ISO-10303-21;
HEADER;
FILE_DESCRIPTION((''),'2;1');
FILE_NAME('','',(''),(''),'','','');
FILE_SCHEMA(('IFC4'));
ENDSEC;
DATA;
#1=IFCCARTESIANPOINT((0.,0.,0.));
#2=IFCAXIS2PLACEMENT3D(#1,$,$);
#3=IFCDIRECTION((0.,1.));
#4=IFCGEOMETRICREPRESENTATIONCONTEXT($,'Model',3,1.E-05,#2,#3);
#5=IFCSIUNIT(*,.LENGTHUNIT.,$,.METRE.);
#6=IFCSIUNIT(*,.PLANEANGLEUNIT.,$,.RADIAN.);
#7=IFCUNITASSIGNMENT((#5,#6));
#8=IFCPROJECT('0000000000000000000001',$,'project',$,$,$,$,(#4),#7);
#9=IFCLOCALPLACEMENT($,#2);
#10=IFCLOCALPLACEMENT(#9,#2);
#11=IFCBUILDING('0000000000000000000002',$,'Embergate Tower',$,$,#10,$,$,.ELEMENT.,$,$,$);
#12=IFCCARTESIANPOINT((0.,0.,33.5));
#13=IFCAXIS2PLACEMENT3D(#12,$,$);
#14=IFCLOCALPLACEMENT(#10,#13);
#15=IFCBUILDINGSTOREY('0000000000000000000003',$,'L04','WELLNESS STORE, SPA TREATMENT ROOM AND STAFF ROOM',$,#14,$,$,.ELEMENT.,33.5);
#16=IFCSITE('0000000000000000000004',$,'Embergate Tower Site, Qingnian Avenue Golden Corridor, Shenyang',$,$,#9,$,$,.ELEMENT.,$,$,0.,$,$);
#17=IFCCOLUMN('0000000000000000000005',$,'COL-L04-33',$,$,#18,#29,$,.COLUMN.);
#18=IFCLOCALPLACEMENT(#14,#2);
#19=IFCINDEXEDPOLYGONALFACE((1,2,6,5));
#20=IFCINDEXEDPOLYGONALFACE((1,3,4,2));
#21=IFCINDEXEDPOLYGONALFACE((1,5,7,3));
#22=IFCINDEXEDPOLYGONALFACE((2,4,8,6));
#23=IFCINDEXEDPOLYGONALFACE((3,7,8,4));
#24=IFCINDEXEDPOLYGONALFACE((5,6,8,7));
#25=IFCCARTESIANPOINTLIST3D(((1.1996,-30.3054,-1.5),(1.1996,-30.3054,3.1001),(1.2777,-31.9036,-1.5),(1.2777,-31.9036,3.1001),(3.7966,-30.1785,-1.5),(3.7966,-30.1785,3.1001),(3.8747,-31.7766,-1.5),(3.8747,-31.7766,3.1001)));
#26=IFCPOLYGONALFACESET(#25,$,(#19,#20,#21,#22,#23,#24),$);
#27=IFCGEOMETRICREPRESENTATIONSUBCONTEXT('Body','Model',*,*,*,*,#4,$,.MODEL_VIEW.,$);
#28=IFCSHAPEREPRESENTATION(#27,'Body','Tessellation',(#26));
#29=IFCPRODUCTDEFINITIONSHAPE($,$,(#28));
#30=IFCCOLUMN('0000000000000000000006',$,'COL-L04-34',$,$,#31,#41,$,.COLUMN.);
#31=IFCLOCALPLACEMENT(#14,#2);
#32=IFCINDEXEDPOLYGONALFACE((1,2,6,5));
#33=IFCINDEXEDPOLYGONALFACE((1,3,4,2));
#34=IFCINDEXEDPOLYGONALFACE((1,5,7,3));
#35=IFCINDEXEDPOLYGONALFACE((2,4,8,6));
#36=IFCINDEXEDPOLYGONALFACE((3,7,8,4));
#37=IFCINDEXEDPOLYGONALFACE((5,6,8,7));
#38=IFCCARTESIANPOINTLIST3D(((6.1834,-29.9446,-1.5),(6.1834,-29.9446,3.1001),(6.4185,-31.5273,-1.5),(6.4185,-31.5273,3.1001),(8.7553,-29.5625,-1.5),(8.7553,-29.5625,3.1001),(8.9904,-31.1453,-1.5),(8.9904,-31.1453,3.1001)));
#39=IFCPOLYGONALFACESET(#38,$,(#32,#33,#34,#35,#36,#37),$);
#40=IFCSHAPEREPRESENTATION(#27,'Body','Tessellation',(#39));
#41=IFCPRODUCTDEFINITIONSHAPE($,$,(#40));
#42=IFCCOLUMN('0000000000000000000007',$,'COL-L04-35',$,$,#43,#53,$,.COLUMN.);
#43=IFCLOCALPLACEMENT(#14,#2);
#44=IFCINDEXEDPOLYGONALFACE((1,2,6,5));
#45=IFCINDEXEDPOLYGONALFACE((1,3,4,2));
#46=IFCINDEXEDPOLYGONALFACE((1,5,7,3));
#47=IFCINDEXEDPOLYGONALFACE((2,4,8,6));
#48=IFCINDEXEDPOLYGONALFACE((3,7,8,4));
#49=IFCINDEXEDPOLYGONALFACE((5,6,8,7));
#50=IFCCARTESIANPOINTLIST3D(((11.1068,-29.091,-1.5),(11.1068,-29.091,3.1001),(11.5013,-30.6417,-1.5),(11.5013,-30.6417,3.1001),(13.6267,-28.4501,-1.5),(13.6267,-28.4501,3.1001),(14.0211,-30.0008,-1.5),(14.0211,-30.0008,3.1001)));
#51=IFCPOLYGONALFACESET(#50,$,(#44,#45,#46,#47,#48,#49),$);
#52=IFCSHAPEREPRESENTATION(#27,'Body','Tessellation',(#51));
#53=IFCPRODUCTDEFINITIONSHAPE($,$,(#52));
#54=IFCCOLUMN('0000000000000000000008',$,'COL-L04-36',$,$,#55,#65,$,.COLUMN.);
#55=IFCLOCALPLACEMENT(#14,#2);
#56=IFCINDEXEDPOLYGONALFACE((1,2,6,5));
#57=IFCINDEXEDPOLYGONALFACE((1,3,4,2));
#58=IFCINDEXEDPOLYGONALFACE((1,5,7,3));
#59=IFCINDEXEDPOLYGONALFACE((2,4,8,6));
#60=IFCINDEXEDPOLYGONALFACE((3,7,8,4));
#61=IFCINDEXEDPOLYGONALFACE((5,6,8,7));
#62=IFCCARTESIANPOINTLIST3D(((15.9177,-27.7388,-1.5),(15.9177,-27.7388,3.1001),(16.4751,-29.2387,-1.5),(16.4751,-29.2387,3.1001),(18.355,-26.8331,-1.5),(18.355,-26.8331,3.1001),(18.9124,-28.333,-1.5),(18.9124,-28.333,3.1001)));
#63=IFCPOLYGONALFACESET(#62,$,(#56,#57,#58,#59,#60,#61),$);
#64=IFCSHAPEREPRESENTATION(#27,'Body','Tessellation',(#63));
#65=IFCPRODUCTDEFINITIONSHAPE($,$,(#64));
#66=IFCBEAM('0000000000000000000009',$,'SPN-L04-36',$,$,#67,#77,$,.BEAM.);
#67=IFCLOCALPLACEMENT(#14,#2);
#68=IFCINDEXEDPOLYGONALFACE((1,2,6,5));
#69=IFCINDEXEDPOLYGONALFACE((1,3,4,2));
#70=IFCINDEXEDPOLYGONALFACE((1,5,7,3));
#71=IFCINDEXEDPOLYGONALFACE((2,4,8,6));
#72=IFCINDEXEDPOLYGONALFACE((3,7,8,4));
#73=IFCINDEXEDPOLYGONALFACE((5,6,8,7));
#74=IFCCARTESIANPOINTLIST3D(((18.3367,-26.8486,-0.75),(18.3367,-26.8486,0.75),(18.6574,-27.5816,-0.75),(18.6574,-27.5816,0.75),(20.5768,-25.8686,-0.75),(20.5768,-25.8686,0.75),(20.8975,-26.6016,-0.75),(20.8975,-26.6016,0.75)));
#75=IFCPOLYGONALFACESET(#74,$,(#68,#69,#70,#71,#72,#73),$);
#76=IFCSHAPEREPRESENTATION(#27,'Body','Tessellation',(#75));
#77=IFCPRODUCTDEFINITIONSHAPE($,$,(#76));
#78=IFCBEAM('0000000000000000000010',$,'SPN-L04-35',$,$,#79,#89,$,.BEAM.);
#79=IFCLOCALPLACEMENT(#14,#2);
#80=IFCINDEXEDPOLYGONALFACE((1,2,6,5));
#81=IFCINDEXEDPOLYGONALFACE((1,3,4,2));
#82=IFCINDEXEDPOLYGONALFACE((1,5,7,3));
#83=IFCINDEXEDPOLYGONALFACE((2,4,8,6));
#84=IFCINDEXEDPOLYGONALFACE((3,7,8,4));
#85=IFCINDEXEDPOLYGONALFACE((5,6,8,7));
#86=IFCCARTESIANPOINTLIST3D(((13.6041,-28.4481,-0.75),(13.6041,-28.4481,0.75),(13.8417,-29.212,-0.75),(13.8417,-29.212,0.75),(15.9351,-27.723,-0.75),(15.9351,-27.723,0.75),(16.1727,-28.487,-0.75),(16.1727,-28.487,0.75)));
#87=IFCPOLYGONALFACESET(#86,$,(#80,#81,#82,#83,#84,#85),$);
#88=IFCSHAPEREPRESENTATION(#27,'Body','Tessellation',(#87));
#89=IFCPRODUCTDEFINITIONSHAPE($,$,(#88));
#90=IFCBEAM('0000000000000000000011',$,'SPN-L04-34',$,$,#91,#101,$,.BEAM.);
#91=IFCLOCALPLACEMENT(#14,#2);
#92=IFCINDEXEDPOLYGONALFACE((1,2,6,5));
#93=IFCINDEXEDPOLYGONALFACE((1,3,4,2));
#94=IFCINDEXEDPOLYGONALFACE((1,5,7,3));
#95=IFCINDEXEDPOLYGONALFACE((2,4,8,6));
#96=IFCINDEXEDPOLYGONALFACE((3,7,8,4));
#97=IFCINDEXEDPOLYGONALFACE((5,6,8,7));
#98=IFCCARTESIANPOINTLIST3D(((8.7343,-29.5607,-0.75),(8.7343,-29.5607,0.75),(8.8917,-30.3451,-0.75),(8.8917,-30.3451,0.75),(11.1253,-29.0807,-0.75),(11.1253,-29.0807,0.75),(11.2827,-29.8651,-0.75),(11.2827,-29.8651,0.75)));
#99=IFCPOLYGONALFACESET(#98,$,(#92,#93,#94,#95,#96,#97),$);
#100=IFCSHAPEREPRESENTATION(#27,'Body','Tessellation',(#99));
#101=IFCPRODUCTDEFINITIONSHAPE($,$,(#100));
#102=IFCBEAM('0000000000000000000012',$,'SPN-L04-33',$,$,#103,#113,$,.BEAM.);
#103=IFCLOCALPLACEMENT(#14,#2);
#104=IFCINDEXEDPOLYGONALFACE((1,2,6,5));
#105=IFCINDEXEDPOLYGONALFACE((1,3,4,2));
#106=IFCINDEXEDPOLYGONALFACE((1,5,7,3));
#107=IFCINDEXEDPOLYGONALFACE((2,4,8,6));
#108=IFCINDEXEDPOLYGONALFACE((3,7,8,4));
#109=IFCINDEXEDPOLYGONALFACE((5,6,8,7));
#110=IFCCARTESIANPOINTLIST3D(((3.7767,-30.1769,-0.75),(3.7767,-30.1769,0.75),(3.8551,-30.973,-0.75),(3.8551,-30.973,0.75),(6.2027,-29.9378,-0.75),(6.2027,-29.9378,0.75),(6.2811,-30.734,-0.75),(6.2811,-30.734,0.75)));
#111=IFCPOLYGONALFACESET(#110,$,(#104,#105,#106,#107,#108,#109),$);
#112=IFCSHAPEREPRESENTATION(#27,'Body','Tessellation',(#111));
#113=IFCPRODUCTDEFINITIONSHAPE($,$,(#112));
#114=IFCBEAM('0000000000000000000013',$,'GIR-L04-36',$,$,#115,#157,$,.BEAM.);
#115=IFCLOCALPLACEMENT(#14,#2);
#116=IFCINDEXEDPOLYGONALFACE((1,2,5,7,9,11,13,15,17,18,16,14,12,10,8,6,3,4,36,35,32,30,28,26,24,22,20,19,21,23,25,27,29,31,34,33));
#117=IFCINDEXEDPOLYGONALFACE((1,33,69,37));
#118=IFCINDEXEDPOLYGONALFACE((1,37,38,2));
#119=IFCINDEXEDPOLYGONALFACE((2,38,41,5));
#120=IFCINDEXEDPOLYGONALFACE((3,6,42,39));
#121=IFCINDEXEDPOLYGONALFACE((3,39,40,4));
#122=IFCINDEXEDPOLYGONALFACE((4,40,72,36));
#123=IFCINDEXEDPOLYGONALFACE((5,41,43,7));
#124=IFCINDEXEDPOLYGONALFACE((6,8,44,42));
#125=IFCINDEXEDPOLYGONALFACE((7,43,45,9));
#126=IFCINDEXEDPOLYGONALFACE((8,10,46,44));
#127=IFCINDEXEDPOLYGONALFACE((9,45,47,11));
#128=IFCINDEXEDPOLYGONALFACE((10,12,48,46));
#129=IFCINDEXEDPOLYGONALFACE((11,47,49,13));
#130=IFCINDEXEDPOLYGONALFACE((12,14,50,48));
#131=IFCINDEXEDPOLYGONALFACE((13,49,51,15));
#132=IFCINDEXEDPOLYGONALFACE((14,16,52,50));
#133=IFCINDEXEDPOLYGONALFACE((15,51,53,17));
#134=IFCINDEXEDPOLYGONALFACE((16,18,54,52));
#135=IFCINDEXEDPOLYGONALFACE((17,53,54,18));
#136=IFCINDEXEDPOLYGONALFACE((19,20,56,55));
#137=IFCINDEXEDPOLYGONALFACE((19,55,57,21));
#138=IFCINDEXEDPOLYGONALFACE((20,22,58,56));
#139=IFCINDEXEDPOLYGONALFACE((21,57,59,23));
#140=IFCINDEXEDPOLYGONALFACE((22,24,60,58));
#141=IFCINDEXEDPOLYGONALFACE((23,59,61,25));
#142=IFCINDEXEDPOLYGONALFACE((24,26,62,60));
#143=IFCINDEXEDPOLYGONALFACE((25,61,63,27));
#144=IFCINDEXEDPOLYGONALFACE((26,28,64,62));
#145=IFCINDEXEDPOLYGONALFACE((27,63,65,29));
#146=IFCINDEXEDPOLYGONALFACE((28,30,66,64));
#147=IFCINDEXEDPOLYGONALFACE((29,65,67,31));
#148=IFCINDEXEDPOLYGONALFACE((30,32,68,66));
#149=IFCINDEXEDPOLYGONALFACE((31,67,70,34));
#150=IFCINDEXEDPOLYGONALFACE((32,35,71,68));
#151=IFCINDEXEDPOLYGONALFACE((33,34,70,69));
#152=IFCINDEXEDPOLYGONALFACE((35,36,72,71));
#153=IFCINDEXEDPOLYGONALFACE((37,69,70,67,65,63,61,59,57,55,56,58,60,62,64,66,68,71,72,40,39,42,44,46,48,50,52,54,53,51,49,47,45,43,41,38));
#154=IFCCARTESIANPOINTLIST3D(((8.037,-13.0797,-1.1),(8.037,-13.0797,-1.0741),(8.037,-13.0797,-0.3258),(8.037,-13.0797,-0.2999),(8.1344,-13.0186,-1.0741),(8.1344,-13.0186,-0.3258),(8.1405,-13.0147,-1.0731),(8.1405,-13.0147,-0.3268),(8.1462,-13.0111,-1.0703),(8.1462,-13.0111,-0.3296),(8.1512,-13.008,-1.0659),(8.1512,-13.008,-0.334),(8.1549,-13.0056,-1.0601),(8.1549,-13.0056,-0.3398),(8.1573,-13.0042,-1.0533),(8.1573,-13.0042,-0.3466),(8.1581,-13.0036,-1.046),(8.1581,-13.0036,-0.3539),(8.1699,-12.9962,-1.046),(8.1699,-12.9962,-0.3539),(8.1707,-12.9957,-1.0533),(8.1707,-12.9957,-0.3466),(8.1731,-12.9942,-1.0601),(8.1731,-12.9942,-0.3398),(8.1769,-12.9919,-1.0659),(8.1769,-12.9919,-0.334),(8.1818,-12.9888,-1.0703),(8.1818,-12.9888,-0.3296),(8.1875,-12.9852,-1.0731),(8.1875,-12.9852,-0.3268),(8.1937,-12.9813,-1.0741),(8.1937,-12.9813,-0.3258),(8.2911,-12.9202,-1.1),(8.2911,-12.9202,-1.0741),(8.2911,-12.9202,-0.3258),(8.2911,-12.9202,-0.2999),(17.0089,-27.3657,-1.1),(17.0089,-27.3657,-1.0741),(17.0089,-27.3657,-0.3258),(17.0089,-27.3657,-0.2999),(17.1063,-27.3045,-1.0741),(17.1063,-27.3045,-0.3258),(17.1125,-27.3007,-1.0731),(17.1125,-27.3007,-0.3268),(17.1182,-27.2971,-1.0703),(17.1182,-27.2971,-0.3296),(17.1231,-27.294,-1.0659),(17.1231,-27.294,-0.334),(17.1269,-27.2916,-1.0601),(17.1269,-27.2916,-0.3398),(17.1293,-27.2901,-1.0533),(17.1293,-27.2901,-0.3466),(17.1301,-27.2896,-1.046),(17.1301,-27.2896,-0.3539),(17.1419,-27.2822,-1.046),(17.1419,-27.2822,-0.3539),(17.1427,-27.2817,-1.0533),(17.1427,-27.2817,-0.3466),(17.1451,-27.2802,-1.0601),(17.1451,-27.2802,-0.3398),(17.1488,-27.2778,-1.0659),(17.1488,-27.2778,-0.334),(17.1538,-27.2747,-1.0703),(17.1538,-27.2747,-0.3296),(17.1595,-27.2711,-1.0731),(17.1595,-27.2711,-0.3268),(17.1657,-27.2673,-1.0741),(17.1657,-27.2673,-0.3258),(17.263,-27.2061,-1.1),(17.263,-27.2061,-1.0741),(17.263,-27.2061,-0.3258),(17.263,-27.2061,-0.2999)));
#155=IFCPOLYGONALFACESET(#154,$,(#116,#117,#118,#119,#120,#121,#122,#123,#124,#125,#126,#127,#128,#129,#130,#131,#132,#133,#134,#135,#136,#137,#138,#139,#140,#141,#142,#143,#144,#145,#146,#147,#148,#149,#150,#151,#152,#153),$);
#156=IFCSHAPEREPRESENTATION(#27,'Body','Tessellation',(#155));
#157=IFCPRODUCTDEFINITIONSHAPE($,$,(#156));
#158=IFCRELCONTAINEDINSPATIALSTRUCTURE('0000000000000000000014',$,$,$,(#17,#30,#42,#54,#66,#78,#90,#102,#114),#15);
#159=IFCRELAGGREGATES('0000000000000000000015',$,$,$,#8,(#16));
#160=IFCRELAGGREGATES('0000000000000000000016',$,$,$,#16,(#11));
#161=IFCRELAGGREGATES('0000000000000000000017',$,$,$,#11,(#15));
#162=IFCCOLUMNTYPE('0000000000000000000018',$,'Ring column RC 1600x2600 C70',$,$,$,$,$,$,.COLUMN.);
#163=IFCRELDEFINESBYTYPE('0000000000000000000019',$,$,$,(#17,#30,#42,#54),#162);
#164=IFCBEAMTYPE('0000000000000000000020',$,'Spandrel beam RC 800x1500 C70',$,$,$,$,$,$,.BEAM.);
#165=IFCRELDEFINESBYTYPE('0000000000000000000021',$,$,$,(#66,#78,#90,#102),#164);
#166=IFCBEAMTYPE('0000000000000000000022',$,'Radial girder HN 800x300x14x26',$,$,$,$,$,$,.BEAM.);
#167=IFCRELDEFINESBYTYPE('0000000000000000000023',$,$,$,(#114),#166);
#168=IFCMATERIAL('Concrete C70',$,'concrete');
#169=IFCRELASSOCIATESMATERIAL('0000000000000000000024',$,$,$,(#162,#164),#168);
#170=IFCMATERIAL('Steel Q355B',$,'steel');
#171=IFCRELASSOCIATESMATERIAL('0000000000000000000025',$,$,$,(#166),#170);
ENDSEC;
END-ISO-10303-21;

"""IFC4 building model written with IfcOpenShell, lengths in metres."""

from ifc_helpers import new_model, si_unit, direction, frame, origin, origin_2d, place, context, subcontext, project, spatial, rectangle, i_section, extrude, source, transform, mapped, material, material_profile, profile_set, type_object, element, save


model = new_model("IFC4")

# Units and contexts
model_context = context("Model", 3, precision=1e-05, world=origin(), true_north=direction((0.0, 1.0)))
body_context = subcontext(model_context, "Body", "Model", "MODEL_VIEW")
ifc_project = project(units=[si_unit("LENGTHUNIT", "METRE"), si_unit("PLANEANGLEUNIT", "RADIAN")], contexts=[model_context])

# Site, building, storey
site_placement = place(None, origin())
site = spatial("IfcSite", under=ifc_project, at=site_placement, Name="Embergate Tower Site, Qingnian Avenue Golden Corridor, Shenyang", CompositionType="ELEMENT", RefElevation=0.0)
building_placement = place(site_placement, origin())
building = spatial("IfcBuilding", under=site, at=building_placement, Name="Embergate Tower", CompositionType="ELEMENT")
storey_placement = place(building_placement, frame((0.0, 0.0, 33.5)))
storey = spatial("IfcBuildingStorey", under=building, at=storey_placement, Name="L04", Description="WELLNESS STORE, SPA TREATMENT ROOM AND STAFF ROOM", CompositionType="ELEMENT", Elevation=33.5)

# Columns
ifc_material_1 = material(Name="Concrete C70", Category="concrete")
ifc_material_profile_1 = material_profile(ifc_material_1, rectangle(XDim=1.6001, YDim=2.6001, at=origin_2d()), Name="RC 1600x2600")
ifc_profile_set_1 = profile_set([ifc_material_profile_1], Name="Concrete C70")
column_type = type_object("IfcColumnType", Name="Ring column RC 1600x2600 C70", PredefinedType="COLUMN", material=ifc_profile_set_1)
shared_shape_1 = source(origin(), body_context, "Body", "SweptSolid", [
    extrude(rectangle(XDim=1.6001, YDim=2.6001, at=origin_2d()), origin(), (0.0, 0.0, 1.0), 4.6001),
])
for number, where, z_axis, x_axis, name in (
    (1, (2.5371, -31.041, -1.5), (0.0, 0.0, 1.0), (0.048815, -0.998808, 0.0), "COL-L04-33"),
    (2, (7.5869, -30.5449, -1.5), (0.0, 0.0, 1.0), (0.146929, -0.989147, 0.0), "COL-L04-34"),
    (3, (12.564, -29.5459, -1.5), (0.0, 0.0, 1.0), (0.246509, -0.969141, 0.0), "COL-L04-35"),
    (4, (17.415, -28.0359, -1.5), (0.0, 0.0, 1.0), (0.348343, -0.937367, 0.0), "COL-L04-36"),
):
    element("IfcColumn", number, at=place(storey_placement, frame(where, z_axis=z_axis, x_axis=x_axis)), inside=storey, type_object=column_type, Name=name, PredefinedType="COLUMN", context=body_context, shape_type="MappedRepresentation", body=[
        mapped(shared_shape_1, transform((0.0, 0.0, 0.0))),
    ])

# Beams
ifc_material_profile_2 = material_profile(ifc_material_1, rectangle(XDim=0.8, YDim=1.5, at=origin_2d()), Name="RC 800x1500")
ifc_profile_set_2 = profile_set([ifc_material_profile_2], Name="Concrete C70")
beam_type_1 = type_object("IfcBeamType", Name="Spandrel beam RC 800x1500 C70", PredefinedType="BEAM", material=ifc_profile_set_2)
shared_shape_2 = source(origin(), body_context, "Body", "SweptSolid", [
    extrude(rectangle(XDim=0.8, YDim=1.5, at=origin_2d()), origin(), (0.0, 0.0, 1.0), 2.4451),
])
beam_1_placement = place(storey_placement, frame((18.4971, -27.2151, 0.0), z_axis=(0.91616, 0.400814, 0.0), x_axis=(-0.400814, 0.91616, 0.0)))
element("IfcBeam", 5, at=beam_1_placement, inside=storey, type_object=beam_type_1, Name="SPN-L04-36", PredefinedType="BEAM", context=body_context, shape_type="MappedRepresentation", body=[
    mapped(shared_shape_2, transform((0.0, 0.0, 0.0))),
])
shared_shape_3 = source(origin(), body_context, "Body", "SweptSolid", [
    extrude(rectangle(XDim=0.8, YDim=1.5, at=origin_2d()), origin(), (0.0, 0.0, 1.0), 2.4412),
])
beam_2_placement = place(storey_placement, frame((13.7229, -28.8301, 0.0), z_axis=(0.954871, 0.297022, 0.0), x_axis=(-0.297022, 0.954871, 0.0)))
element("IfcBeam", 6, at=beam_2_placement, inside=storey, type_object=beam_type_1, Name="SPN-L04-35", PredefinedType="BEAM", context=body_context, shape_type="MappedRepresentation", body=[
    mapped(shared_shape_3, transform((0.0, 0.0, 0.0))),
])
shared_shape_4 = source(origin(), body_context, "Body", "SweptSolid", [
    extrude(rectangle(XDim=0.8, YDim=1.5, at=origin_2d()), origin(), (0.0, 0.0, 1.0), 2.4387),
])
beam_3_placement = place(storey_placement, frame((8.813, -29.9529, 0.0), z_axis=(0.980442, 0.196809, 0.0), x_axis=(-0.196809, 0.980442, 0.0)))
element("IfcBeam", 7, at=beam_3_placement, inside=storey, type_object=beam_type_1, Name="SPN-L04-34", PredefinedType="BEAM", context=body_context, shape_type="MappedRepresentation", body=[
    mapped(shared_shape_4, transform((0.0, 0.0, 0.0))),
])
shared_shape_5 = source(origin(), body_context, "Body", "SweptSolid", [
    extrude(rectangle(XDim=0.8, YDim=1.5, at=origin_2d()), origin(), (0.0, 0.0, 1.0), 2.4377),
])
beam_4_placement = place(storey_placement, frame((3.8159, -30.575, 0.0), z_axis=(0.995182, 0.098046, 0.0), x_axis=(-0.098046, 0.995182, 0.0)))
element("IfcBeam", 8, at=beam_4_placement, inside=storey, type_object=beam_type_1, Name="SPN-L04-33", PredefinedType="BEAM", context=body_context, shape_type="MappedRepresentation", body=[
    mapped(shared_shape_5, transform((0.0, 0.0, 0.0))),
])
ifc_material_2 = material(Name="Steel Q355B", Category="steel")
ifc_material_profile_3 = material_profile(ifc_material_2, i_section(OverallWidth=0.3, OverallDepth=0.8, WebThickness=0.0139, FlangeThickness=0.0259, FilletRadius=0.0281, at=origin_2d()), Name="HN 800x300x14x26")
ifc_profile_set_3 = profile_set([ifc_material_profile_3], Name="Steel Q355 grade B")
beam_type_2 = type_object("IfcBeamType", Name="Radial girder HN 800x300x14x26", PredefinedType="BEAM", material=ifc_profile_set_3)
shared_shape_6 = source(origin(), body_context, "Body", "SweptSolid", [
    extrude(i_section(OverallWidth=0.3, OverallDepth=0.8, WebThickness=0.0139, FlangeThickness=0.0259, FilletRadius=0.0281, at=origin_2d()), origin(), (0.0, 0.0, 1.0), 16.8696),
])
beam_5_placement = place(storey_placement, frame((17.136, -27.2859, -0.7), z_axis=(-0.531841, 0.846844, 0.0), x_axis=(-0.846844, -0.531841, 0.0)))
element("IfcBeam", 9, at=beam_5_placement, inside=storey, type_object=beam_type_2, Name="GIR-L04-36", PredefinedType="BEAM", context=body_context, shape_type="MappedRepresentation", body=[
    mapped(shared_shape_6, transform((0.0, 0.0, 0.0))),
])

save(model, "model.ifc")
